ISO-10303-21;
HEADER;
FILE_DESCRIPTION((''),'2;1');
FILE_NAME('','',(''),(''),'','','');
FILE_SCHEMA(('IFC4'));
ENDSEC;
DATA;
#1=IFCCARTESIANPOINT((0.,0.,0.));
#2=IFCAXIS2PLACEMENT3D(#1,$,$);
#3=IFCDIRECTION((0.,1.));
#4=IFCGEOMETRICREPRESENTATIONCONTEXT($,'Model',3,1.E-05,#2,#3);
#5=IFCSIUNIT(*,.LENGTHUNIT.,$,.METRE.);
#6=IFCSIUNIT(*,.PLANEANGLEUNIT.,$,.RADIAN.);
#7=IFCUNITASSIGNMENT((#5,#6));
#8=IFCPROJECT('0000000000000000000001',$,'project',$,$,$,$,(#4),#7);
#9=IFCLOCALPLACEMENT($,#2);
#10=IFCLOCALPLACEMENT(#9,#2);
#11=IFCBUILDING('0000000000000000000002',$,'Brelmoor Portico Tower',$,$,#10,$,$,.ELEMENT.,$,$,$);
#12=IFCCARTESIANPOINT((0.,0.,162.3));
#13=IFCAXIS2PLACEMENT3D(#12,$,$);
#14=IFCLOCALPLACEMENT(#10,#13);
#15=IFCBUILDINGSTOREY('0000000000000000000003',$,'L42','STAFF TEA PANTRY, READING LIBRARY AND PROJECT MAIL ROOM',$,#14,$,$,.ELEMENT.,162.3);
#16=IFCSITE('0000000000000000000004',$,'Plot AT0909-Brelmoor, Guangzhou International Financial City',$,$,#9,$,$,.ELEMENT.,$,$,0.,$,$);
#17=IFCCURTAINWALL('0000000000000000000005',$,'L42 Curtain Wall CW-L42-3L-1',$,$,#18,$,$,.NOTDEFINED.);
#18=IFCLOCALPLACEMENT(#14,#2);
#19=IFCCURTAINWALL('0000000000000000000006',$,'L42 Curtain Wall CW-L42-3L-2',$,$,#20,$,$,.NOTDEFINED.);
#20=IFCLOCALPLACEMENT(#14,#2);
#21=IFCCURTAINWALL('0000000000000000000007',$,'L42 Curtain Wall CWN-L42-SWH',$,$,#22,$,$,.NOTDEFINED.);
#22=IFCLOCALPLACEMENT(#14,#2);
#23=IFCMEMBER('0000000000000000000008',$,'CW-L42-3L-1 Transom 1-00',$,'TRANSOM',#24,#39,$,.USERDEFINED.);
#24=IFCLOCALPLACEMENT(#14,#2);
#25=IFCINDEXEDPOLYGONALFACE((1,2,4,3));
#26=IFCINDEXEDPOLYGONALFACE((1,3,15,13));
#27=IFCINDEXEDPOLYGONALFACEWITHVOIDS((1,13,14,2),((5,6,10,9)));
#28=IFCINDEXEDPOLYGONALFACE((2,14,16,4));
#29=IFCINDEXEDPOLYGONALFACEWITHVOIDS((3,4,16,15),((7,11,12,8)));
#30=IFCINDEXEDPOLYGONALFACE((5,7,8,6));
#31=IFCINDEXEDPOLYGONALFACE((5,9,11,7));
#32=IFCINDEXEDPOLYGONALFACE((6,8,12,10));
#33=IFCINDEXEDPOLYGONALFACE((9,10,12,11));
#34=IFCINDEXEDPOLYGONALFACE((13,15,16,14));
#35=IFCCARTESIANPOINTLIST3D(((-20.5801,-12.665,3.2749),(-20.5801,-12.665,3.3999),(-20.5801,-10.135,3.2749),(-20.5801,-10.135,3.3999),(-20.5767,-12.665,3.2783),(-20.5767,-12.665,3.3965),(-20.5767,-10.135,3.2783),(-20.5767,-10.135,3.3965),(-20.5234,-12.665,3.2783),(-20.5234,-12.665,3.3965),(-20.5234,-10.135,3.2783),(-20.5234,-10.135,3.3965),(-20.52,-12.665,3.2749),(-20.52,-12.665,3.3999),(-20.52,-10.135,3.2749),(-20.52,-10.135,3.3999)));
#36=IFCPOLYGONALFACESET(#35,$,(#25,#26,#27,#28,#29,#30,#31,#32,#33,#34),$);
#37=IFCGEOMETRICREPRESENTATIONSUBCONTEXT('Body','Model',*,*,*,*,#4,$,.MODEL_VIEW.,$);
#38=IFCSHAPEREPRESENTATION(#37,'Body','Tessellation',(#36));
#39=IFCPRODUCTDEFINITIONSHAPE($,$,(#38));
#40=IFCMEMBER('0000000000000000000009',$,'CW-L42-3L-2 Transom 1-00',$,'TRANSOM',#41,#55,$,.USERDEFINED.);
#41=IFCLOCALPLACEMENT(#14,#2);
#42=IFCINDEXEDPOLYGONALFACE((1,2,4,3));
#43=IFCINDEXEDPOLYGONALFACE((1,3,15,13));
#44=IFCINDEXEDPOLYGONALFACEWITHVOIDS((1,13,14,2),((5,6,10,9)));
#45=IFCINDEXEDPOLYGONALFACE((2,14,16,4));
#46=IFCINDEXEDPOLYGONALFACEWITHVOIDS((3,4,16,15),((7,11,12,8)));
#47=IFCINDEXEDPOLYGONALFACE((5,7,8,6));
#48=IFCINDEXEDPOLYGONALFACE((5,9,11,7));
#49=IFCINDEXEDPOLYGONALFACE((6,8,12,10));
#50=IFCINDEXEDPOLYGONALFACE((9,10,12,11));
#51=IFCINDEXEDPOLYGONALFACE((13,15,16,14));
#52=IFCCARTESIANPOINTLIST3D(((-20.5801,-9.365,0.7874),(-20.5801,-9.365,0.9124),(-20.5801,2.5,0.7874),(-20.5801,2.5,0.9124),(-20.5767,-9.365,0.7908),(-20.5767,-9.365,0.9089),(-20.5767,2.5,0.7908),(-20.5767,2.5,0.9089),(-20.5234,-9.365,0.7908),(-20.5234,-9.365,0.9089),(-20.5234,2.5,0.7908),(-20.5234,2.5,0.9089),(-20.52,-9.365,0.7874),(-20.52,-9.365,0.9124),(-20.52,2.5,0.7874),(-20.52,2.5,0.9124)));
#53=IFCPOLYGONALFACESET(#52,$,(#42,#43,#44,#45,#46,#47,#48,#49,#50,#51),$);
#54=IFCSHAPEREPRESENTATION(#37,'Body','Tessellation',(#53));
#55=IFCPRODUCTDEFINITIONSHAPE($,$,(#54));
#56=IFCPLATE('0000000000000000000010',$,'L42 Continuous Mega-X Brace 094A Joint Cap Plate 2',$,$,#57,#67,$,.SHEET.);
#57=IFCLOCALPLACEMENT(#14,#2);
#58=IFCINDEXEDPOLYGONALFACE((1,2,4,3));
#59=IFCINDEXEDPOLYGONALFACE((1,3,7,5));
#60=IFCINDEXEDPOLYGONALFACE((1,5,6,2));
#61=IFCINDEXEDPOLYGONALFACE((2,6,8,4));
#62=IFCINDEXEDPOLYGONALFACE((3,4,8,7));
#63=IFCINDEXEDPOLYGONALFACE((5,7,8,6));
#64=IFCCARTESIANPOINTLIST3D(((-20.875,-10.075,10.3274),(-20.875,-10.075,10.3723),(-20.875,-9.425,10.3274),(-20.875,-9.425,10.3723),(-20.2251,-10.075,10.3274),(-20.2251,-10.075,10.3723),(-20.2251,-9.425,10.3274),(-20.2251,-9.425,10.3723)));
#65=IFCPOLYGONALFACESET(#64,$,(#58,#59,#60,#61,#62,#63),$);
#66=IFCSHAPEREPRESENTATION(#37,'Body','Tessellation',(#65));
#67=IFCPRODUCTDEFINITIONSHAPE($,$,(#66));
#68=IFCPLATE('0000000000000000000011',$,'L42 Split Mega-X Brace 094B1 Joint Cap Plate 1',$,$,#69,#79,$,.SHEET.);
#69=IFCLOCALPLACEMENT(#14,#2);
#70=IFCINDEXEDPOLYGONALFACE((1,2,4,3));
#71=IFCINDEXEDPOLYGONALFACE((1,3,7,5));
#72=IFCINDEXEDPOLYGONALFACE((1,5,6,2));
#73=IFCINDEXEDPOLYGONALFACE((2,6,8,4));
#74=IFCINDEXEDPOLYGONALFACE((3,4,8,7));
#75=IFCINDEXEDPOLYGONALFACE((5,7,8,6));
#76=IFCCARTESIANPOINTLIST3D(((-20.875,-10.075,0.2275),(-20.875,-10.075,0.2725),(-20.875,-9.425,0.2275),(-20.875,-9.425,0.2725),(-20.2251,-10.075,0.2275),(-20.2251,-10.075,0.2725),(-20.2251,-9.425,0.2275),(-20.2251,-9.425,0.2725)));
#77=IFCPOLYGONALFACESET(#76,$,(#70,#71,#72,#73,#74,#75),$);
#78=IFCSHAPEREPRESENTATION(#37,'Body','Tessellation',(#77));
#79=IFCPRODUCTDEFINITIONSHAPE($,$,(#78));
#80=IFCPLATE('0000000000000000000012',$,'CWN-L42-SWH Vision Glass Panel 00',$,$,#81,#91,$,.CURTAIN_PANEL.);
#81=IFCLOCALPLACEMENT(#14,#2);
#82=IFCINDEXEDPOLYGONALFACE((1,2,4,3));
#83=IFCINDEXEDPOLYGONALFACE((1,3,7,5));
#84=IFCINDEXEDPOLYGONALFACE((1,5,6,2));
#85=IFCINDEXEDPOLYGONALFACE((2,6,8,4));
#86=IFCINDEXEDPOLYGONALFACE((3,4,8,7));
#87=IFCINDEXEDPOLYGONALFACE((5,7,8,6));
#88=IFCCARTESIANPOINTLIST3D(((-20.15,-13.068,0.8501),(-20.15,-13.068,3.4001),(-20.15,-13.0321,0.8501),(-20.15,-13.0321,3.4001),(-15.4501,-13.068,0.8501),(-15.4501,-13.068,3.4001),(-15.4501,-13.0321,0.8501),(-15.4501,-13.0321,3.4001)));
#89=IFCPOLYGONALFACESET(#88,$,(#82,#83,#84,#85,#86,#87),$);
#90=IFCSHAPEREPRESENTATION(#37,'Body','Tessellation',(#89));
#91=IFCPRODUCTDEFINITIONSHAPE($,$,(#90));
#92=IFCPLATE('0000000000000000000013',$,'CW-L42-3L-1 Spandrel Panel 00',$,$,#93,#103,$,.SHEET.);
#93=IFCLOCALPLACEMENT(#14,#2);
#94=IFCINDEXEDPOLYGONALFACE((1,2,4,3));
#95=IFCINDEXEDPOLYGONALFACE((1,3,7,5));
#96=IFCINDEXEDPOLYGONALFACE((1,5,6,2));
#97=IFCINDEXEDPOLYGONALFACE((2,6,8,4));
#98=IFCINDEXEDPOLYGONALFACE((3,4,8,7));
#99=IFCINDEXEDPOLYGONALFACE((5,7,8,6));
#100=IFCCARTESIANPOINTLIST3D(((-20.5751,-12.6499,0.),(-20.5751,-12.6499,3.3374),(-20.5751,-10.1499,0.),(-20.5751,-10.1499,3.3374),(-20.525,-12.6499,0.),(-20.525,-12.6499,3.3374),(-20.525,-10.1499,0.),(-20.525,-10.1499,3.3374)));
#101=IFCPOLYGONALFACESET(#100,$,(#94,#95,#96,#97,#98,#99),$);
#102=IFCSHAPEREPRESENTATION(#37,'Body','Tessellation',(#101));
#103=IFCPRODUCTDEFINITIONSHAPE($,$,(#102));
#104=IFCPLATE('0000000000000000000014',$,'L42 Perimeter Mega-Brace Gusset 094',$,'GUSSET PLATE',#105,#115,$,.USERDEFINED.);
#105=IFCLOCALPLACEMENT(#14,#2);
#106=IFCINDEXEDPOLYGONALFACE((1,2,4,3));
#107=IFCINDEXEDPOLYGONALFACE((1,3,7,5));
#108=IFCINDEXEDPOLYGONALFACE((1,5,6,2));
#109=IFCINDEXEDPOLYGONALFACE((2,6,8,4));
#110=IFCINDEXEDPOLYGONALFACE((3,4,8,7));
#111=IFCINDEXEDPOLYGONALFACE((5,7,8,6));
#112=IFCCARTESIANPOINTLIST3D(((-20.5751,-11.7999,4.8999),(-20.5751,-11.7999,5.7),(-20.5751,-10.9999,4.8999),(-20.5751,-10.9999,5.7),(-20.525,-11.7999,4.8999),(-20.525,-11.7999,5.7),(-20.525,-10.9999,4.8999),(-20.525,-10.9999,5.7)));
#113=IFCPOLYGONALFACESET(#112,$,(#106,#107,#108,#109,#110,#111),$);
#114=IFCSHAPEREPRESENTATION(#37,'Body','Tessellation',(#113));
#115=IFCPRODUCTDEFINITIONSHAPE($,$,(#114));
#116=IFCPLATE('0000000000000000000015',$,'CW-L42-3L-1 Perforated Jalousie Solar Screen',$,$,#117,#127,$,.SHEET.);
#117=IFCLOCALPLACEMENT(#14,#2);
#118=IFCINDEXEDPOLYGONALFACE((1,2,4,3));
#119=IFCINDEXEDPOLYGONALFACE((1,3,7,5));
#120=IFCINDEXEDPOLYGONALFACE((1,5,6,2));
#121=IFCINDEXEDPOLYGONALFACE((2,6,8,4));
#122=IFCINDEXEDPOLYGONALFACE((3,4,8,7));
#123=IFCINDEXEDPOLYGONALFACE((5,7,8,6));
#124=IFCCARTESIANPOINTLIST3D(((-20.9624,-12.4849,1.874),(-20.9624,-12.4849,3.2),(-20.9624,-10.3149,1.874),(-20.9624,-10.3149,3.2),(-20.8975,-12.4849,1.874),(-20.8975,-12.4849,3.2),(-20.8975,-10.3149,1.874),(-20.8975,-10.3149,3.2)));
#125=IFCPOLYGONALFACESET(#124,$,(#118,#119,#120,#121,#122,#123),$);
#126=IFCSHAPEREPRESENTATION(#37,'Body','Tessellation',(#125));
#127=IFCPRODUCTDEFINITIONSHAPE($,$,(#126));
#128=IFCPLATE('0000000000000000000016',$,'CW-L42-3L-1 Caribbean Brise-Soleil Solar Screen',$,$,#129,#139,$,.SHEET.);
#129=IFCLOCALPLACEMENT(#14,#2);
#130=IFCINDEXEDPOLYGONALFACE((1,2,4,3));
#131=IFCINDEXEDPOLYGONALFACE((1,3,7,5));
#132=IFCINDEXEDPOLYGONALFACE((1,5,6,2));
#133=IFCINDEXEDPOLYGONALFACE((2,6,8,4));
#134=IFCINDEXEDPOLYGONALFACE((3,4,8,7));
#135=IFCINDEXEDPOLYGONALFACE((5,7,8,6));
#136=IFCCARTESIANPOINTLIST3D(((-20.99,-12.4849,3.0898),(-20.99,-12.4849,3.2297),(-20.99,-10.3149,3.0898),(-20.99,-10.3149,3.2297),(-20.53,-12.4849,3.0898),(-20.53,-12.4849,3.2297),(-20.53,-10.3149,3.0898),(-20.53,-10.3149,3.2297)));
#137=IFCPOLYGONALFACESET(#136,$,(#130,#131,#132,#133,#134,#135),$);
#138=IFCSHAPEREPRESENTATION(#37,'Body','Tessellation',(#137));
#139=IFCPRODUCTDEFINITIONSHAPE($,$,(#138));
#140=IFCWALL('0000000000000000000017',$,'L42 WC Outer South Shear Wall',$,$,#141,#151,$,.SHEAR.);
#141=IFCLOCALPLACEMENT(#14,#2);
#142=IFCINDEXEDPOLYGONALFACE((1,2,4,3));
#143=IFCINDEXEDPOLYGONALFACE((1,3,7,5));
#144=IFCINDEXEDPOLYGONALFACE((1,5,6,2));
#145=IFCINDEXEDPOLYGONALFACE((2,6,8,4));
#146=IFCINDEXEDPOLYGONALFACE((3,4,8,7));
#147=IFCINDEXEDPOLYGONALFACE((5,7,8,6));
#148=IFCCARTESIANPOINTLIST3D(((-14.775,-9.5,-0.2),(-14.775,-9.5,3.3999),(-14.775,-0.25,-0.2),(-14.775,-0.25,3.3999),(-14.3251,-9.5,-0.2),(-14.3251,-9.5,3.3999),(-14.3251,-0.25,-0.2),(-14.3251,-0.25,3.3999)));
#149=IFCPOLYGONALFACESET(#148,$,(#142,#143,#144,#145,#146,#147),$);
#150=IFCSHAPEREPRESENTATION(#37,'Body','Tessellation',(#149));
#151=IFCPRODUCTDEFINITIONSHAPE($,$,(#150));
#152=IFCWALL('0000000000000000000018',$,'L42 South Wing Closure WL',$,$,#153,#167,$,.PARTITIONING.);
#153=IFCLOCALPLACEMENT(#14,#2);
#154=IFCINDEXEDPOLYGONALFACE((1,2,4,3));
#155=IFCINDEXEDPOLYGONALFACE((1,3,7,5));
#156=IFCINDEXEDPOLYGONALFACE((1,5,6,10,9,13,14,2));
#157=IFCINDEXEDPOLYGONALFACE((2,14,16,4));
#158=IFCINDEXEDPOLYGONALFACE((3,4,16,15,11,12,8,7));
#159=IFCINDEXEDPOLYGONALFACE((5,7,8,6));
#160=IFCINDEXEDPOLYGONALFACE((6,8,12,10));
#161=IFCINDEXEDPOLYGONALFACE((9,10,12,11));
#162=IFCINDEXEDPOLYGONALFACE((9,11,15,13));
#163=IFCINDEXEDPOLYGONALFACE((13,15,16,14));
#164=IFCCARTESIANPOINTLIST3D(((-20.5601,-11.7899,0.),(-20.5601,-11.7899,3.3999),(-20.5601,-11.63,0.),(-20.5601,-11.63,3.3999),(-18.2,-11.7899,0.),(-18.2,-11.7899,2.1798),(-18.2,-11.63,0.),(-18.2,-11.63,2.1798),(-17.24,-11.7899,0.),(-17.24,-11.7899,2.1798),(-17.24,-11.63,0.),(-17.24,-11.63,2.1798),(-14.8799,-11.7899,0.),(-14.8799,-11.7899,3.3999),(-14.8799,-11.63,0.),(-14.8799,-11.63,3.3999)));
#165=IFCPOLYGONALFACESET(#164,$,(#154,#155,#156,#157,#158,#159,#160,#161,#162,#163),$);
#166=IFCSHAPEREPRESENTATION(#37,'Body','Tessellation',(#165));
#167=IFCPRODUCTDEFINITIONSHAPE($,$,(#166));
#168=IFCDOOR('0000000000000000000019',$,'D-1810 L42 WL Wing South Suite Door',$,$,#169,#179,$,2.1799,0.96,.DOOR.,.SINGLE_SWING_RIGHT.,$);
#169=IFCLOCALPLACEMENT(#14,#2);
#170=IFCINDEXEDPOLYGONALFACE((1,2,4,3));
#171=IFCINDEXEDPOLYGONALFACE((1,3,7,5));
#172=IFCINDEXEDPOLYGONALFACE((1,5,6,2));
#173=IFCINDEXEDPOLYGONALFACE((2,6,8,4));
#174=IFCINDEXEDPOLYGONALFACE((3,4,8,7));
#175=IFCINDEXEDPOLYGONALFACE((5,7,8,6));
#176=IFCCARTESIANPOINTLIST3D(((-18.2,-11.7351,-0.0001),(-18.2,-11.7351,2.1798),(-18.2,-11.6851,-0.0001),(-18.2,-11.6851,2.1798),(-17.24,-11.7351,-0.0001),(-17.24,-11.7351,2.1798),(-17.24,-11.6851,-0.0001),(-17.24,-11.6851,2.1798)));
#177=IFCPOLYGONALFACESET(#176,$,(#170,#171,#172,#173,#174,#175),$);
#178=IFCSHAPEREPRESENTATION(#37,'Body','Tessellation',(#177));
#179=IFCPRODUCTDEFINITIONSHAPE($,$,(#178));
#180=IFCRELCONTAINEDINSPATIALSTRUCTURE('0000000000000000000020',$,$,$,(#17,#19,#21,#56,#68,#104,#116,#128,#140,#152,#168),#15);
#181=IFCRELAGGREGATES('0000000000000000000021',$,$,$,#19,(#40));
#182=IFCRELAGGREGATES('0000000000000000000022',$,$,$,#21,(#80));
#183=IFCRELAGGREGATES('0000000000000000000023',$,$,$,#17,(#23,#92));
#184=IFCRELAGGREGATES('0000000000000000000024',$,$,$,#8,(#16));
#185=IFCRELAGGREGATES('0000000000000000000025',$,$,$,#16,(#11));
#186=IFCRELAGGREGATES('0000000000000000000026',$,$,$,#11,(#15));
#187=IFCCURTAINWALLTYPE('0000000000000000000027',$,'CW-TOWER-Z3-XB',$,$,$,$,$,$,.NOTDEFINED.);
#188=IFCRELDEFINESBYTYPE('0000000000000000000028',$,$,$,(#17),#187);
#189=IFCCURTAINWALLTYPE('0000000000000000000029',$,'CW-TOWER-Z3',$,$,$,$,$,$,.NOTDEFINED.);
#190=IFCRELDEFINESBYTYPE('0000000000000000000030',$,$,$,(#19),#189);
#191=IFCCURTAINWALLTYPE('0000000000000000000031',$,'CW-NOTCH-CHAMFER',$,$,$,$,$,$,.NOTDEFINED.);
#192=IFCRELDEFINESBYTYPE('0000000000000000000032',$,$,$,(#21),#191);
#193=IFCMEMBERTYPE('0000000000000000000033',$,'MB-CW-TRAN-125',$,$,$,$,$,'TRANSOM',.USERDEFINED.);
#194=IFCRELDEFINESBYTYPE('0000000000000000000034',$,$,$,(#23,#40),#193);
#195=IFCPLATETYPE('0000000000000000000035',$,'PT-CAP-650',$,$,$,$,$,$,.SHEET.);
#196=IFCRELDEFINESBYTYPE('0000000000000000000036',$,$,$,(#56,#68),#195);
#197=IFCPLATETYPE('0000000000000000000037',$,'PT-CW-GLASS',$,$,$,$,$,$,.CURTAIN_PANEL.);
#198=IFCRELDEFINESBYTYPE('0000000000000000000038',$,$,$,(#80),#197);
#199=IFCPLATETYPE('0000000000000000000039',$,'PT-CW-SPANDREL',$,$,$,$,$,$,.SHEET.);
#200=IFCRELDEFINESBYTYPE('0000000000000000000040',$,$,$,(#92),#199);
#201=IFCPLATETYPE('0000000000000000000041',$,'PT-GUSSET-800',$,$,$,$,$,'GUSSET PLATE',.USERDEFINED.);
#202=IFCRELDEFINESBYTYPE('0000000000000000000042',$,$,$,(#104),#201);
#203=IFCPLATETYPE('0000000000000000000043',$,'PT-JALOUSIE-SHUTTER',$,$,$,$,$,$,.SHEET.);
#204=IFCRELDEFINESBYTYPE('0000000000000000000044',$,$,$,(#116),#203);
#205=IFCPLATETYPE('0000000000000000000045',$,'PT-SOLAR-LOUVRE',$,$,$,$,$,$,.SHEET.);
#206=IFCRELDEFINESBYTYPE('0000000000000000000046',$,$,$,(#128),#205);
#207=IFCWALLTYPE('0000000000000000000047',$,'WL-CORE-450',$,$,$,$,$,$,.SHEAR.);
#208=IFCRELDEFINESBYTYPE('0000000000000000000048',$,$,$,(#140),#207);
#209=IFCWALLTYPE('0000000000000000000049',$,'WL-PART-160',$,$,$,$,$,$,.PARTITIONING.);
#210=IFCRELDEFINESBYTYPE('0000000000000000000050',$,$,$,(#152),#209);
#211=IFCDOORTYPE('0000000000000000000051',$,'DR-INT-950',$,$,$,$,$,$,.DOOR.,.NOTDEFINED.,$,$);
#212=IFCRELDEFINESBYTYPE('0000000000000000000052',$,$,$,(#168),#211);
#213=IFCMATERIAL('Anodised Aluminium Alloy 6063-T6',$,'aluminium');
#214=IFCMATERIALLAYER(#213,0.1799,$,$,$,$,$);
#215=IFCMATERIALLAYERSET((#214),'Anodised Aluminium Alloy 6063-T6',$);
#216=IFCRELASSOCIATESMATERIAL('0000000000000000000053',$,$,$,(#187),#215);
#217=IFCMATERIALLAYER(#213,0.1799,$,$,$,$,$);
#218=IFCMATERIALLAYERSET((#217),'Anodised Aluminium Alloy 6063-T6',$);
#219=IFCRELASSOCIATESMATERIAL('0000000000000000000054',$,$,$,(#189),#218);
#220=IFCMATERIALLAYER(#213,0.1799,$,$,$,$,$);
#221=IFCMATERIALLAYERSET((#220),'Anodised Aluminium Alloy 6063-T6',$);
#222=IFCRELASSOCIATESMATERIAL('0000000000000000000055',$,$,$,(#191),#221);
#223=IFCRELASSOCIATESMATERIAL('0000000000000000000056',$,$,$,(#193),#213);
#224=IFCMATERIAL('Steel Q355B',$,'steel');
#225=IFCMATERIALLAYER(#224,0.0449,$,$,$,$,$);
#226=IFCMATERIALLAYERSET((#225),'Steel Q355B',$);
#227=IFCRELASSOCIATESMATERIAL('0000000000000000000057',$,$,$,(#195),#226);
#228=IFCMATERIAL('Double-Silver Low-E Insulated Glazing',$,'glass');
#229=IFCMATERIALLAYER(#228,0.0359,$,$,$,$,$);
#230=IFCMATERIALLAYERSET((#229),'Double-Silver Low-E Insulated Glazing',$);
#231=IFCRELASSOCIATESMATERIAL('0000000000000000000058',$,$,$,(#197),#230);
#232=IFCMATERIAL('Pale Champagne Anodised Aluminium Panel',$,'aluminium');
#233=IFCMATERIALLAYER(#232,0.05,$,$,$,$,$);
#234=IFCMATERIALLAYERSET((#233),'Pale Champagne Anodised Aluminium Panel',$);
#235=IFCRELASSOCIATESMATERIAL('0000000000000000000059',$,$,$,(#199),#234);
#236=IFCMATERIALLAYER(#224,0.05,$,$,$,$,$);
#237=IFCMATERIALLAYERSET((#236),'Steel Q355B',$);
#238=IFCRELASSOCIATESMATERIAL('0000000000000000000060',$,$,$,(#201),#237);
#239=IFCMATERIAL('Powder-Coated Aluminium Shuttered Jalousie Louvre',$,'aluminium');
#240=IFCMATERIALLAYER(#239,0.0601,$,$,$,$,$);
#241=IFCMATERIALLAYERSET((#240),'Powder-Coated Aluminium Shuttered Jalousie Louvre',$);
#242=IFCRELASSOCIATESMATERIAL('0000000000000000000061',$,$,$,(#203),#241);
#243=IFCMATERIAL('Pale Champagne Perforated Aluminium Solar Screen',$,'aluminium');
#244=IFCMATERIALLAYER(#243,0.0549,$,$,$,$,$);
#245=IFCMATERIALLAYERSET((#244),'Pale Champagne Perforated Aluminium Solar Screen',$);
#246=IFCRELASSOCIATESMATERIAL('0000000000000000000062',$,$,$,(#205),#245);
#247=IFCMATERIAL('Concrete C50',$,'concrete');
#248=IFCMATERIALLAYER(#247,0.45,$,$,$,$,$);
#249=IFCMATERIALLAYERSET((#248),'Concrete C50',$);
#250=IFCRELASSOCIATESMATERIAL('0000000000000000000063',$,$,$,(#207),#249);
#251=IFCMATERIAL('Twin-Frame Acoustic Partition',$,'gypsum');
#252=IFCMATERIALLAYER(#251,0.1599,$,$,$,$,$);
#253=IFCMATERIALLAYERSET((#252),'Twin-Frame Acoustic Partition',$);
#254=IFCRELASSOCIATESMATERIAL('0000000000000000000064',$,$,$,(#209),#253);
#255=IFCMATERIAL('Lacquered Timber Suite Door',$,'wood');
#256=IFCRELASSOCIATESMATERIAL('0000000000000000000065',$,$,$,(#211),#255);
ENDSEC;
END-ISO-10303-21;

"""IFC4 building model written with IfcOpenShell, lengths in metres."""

from ifc_helpers import new_model, si_unit, direction, frame, frame_2d, origin, origin_2d, place, context, subcontext, project, spatial, rectangle, hollow_rectangle, extrude, material, layer, layer_set, material_profile, profile_set, type_object, element, fill, aggregate, save


model = new_model("IFC4")

# Units and contexts
model_context = context("Model", 3, precision=1e-05, world=origin(), true_north=direction((0.0, 1.0)))
body_context = subcontext(model_context, "Body", "Model", "MODEL_VIEW")
ifc_project = project(units=[si_unit("LENGTHUNIT", "METRE"), si_unit("PLANEANGLEUNIT", "RADIAN")], contexts=[model_context])

# Site, building, storey
site_placement = place(None, origin())
site = spatial("IfcSite", under=ifc_project, at=site_placement, Name="Plot AT0909-Brelmoor, Guangzhou International Financial City", CompositionType="ELEMENT", RefElevation=0.0)
building_placement = place(site_placement, origin())
building = spatial("IfcBuilding", under=site, at=building_placement, Name="Brelmoor Portico Tower", CompositionType="ELEMENT")
storey_placement = place(building_placement, frame((0.0, 0.0, 162.3)))
storey = spatial("IfcBuildingStorey", under=building, at=storey_placement, Name="L42", Description="STAFF TEA PANTRY, READING LIBRARY AND PROJECT MAIL ROOM", CompositionType="ELEMENT", Elevation=162.3)

# Shared definitions
ifc_material_1 = material(Name="Steel Q355B", Category="steel")

# Curtain wall
ifc_material_2 = material(Name="Anodised Aluminium Alloy 6063-T6", Category="aluminium")
ifc_layer_1 = layer(ifc_material_2, 0.1799)
ifc_layer_set_1 = layer_set([ifc_layer_1], Name="Anodised Aluminium Alloy 6063-T6")
curtain_wall_type_1 = type_object("IfcCurtainWallType", Name="CW-TOWER-Z3-XB", PredefinedType="NOTDEFINED", material=ifc_layer_set_1)
curtain_wall_1_placement = place(storey_placement, origin())
curtain_wall_1 = element("IfcCurtainWall", 1, at=curtain_wall_1_placement, inside=storey, type_object=curtain_wall_type_1, Name="L42 Curtain Wall CW-L42-3L-1", PredefinedType="NOTDEFINED")

# Curtain walls
ifc_layer_2 = layer(ifc_material_2, 0.1799)
ifc_layer_set_2 = layer_set([ifc_layer_2], Name="Anodised Aluminium Alloy 6063-T6")
curtain_wall_type_2 = type_object("IfcCurtainWallType", Name="CW-TOWER-Z3", PredefinedType="NOTDEFINED", material=ifc_layer_set_2)
curtain_wall_2_placement = place(storey_placement, origin())
curtain_wall_2 = element("IfcCurtainWall", 2, at=curtain_wall_2_placement, inside=storey, type_object=curtain_wall_type_2, Name="L42 Curtain Wall CW-L42-3L-2", PredefinedType="NOTDEFINED")
ifc_layer_3 = layer(ifc_material_2, 0.1799)
ifc_layer_set_3 = layer_set([ifc_layer_3], Name="Anodised Aluminium Alloy 6063-T6")
curtain_wall_type_3 = type_object("IfcCurtainWallType", Name="CW-NOTCH-CHAMFER", PredefinedType="NOTDEFINED", material=ifc_layer_set_3)
curtain_wall_3_placement = place(storey_placement, origin())
curtain_wall_3 = element("IfcCurtainWall", 3, at=curtain_wall_3_placement, inside=storey, type_object=curtain_wall_type_3, Name="L42 Curtain Wall CWN-L42-SWH", PredefinedType="NOTDEFINED")

# Members
ifc_material_profile_1 = material_profile(ifc_material_2, hollow_rectangle(XDim=0.0601, YDim=0.125, WallThickness=0.0034, at=origin_2d()), Name="ALU TRANSOM 60x125")
ifc_profile_set_1 = profile_set([ifc_material_profile_1], Name="Anodised Aluminium Alloy 6063-T6")
member_type_1 = type_object("IfcMemberType", Name="MB-CW-TRAN-125", ElementType="TRANSOM", PredefinedType="USERDEFINED", material=ifc_profile_set_1)
member_1_placement = place(storey_placement, frame((-20.55, -12.665, 3.3374), z_axis=(0.0, 1.0, 0.0), x_axis=(-1.0, 0.0, 0.0)))
member_1 = element("IfcMember", 4, at=member_1_placement, type_object=member_type_1, Name="CW-L42-3L-1 Transom 1-00", ObjectType="TRANSOM", PredefinedType="USERDEFINED", context=body_context, shape_type="SweptSolid", body=[
    extrude(hollow_rectangle(XDim=0.0601, YDim=0.125, WallThickness=0.0034, at=origin_2d()), origin(), (0.0, 0.0, 1.0), 2.53),
])
member_2_placement = place(storey_placement, frame((-20.55, -9.365, 0.8499), z_axis=(0.0, 1.0, 0.0), x_axis=(-1.0, 0.0, 0.0)))
member_2 = element("IfcMember", 5, at=member_2_placement, type_object=member_type_1, Name="CW-L42-3L-2 Transom 1-00", ObjectType="TRANSOM", PredefinedType="USERDEFINED", context=body_context, shape_type="SweptSolid", body=[
    extrude(hollow_rectangle(XDim=0.0601, YDim=0.125, WallThickness=0.0034, at=origin_2d()), origin(), (0.0, 0.0, 1.0), 11.865),
])
aggregate(curtain_wall_2, [member_2])

# Plates
ifc_layer_4 = layer(ifc_material_1, 0.0449)
ifc_layer_set_4 = layer_set([ifc_layer_4], Name="Steel Q355B")
plate_type_1 = type_object("IfcPlateType", Name="PT-CAP-650", PredefinedType="SHEET", material=ifc_layer_set_4)
for number, where, z_axis, x_axis, name in (
    (6, (-20.55, -9.75, 10.3274), (0.0, 0.0, 1.0), (1.0, 0.0, 0.0), "L42 Continuous Mega-X Brace 094A Joint Cap Plate 2"),
    (7, (-20.55, -9.75, 0.2275), (0.0, 0.0, 1.0), (1.0, 0.0, 0.0), "L42 Split Mega-X Brace 094B1 Joint Cap Plate 1"),
):
    element("IfcPlate", number, at=place(storey_placement, frame(where, z_axis=z_axis, x_axis=x_axis)), inside=storey, type_object=plate_type_1, Name=name, PredefinedType="SHEET", context=body_context, shape_type="SweptSolid", body=[
        extrude(rectangle(XDim=0.6499, YDim=0.6499, at=origin_2d()), origin(), (0.0, 0.0, 1.0), 0.0449),
    ])

# Plates
ifc_material_3 = material(Name="Double-Silver Low-E Insulated Glazing", Category="glass")
ifc_layer_5 = layer(ifc_material_3, 0.0359)
ifc_layer_set_5 = layer_set([ifc_layer_5], Name="Double-Silver Low-E Insulated Glazing")
plate_type_2 = type_object("IfcPlateType", Name="PT-CW-GLASS", PredefinedType="CURTAIN_PANEL", material=ifc_layer_set_5)
plate_1_placement = place(storey_placement, frame((-17.8, -13.05, 0.8501), z_axis=(0.0, 0.0, 1.0), x_axis=(1.0, 0.0, 0.0)))
plate_1 = element("IfcPlate", 8, at=plate_1_placement, type_object=plate_type_2, Name="CWN-L42-SWH Vision Glass Panel 00", PredefinedType="CURTAIN_PANEL", context=body_context, shape_type="SweptSolid", body=[
    extrude(rectangle(XDim=4.7, YDim=0.0359, at=origin_2d()), origin(), (0.0, 0.0, 1.0), 2.55),
])
aggregate(curtain_wall_3, [plate_1])
ifc_material_4 = material(Name="Pale Champagne Anodised Aluminium Panel", Category="aluminium")
ifc_layer_6 = layer(ifc_material_4, 0.05)
ifc_layer_set_6 = layer_set([ifc_layer_6], Name="Pale Champagne Anodised Aluminium Panel")
plate_type_3 = type_object("IfcPlateType", Name="PT-CW-SPANDREL", PredefinedType="SHEET", material=ifc_layer_set_6)
plate_2_placement = place(storey_placement, frame((-20.55, -11.3999, 0.0), z_axis=(0.0, 0.0, 1.0), x_axis=(0.0, 1.0, 0.0)))
plate_2 = element("IfcPlate", 9, at=plate_2_placement, type_object=plate_type_3, Name="CW-L42-3L-1 Spandrel Panel 00", PredefinedType="SHEET", context=body_context, shape_type="SweptSolid", body=[
    extrude(rectangle(XDim=2.5, YDim=0.05, at=origin_2d()), origin(), (0.0, 0.0, 1.0), 3.3374),
])
aggregate(curtain_wall_1, [member_1, plate_2])

# Plates
ifc_layer_7 = layer(ifc_material_1, 0.05)
ifc_layer_set_7 = layer_set([ifc_layer_7], Name="Steel Q355B")
plate_type_4 = type_object("IfcPlateType", Name="PT-GUSSET-800", ElementType="GUSSET PLATE", PredefinedType="USERDEFINED", material=ifc_layer_set_7)
plate_3_placement = place(storey_placement, frame((-20.55, -11.3999, 4.8999), z_axis=(0.0, 0.0, 1.0), x_axis=(1.0, 0.0, 0.0)))
element("IfcPlate", 10, at=plate_3_placement, inside=storey, type_object=plate_type_4, Name="L42 Perimeter Mega-Brace Gusset 094", ObjectType="GUSSET PLATE", PredefinedType="USERDEFINED", context=body_context, shape_type="SweptSolid", body=[
    extrude(rectangle(XDim=0.05, YDim=0.8, at=origin_2d()), origin(), (0.0, 0.0, 1.0), 0.8),
])
ifc_material_5 = material(Name="Powder-Coated Aluminium Shuttered Jalousie Louvre", Category="aluminium")
ifc_layer_8 = layer(ifc_material_5, 0.0601)
ifc_layer_set_8 = layer_set([ifc_layer_8], Name="Powder-Coated Aluminium Shuttered Jalousie Louvre")
plate_type_5 = type_object("IfcPlateType", Name="PT-JALOUSIE-SHUTTER", PredefinedType="SHEET", material=ifc_layer_set_8)
plate_4_placement = place(storey_placement, frame((-20.9299, -11.3999, 1.874), z_axis=(0.0, 0.0, 1.0), x_axis=(0.0, 1.0, 0.0)))
element("IfcPlate", 11, at=plate_4_placement, inside=storey, type_object=plate_type_5, Name="CW-L42-3L-1 Perforated Jalousie Solar Screen", PredefinedType="SHEET", context=body_context, shape_type="SweptSolid", body=[
    extrude(rectangle(XDim=2.1699, YDim=0.0649, at=origin_2d()), origin(), (0.0, 0.0, 1.0), 1.3259),
])
ifc_material_6 = material(Name="Pale Champagne Perforated Aluminium Solar Screen", Category="aluminium")
ifc_layer_9 = layer(ifc_material_6, 0.0549)
ifc_layer_set_9 = layer_set([ifc_layer_9], Name="Pale Champagne Perforated Aluminium Solar Screen")
plate_type_6 = type_object("IfcPlateType", Name="PT-SOLAR-LOUVRE", PredefinedType="SHEET", material=ifc_layer_set_9)
plate_5_placement = place(storey_placement, frame((-20.76, -11.3999, 3.0898), z_axis=(0.0, 0.0, 1.0), x_axis=(0.0, 1.0, 0.0)))
element("IfcPlate", 12, at=plate_5_placement, inside=storey, type_object=plate_type_6, Name="CW-L42-3L-1 Caribbean Brise-Soleil Solar Screen", PredefinedType="SHEET", context=body_context, shape_type="SweptSolid", body=[
    extrude(rectangle(XDim=2.1699, YDim=0.46, at=origin_2d()), origin(), (0.0, 0.0, 1.0), 0.1399),
])

# Wall
ifc_material_7 = material(Name="Concrete C50", Category="concrete")
ifc_layer_10 = layer(ifc_material_7, 0.45)
ifc_layer_set_10 = layer_set([ifc_layer_10], Name="Concrete C50")
wall_type_1 = type_object("IfcWallType", Name="WL-CORE-450", PredefinedType="SHEAR", material=ifc_layer_set_10)
wall_1_placement = place(storey_placement, frame((-14.55, -9.5, -0.2), z_axis=(0.0, 0.0, 1.0), x_axis=(0.0, 1.0, 0.0)))
element("IfcWall", 13, at=wall_1_placement, inside=storey, type_object=wall_type_1, Name="L42 WC Outer South Shear Wall", PredefinedType="SHEAR", context=body_context, shape_type="SweptSolid", body=[
    extrude(rectangle(XDim=9.25, YDim=0.45, at=frame_2d((4.625, 0.0))), origin(), (0.0, 0.0, 1.0), 3.5999),
])

# Wall, opening, door
ifc_material_8 = material(Name="Twin-Frame Acoustic Partition", Category="gypsum")
ifc_layer_11 = layer(ifc_material_8, 0.1599)
ifc_layer_set_11 = layer_set([ifc_layer_11], Name="Twin-Frame Acoustic Partition")
wall_type_2 = type_object("IfcWallType", Name="WL-PART-160", PredefinedType="PARTITIONING", material=ifc_layer_set_11)
wall_2_placement = place(storey_placement, frame((-20.5601, -11.71, 0.0), z_axis=(0.0, 0.0, 1.0), x_axis=(1.0, 0.0, 0.0)))
wall_2 = element("IfcWall", 14, at=wall_2_placement, inside=storey, type_object=wall_type_2, Name="L42 South Wing Closure WL", PredefinedType="PARTITIONING", context=body_context, shape_type="SweptSolid", body=[
    extrude(rectangle(XDim=5.6802, YDim=0.1599, at=frame_2d((2.8401, 0.0))), origin(), (0.0, 0.0, 1.0), 3.3999),
])
opening_placement = place(wall_2_placement, frame((2.3601, 0.0, 0.0)))
opening = element("IfcOpeningElement", 15, at=opening_placement, cuts=wall_2, PredefinedType="OPENING", context=body_context, shape_type="SweptSolid", body=[
    extrude(rectangle(XDim=0.96, YDim=2.1799, at=frame_2d((0.48, 1.0898))), frame((0.0, 0.0898, 0.0), z_axis=(0.0, -1.0, 0.0), x_axis=(1.0, 0.0, 0.0)), (0.0, 0.0, 1.0), 0.1799),
])
ifc_material_9 = material(Name="Lacquered Timber Suite Door", Category="wood")
door_type = type_object("IfcDoorType", Name="DR-INT-950", OperationType="NOTDEFINED", PredefinedType="DOOR", material=ifc_material_9)
door_placement = place(opening_placement, origin())
door = element("IfcDoor", 16, at=door_placement, inside=storey, type_object=door_type, Name="D-1810 L42 WL Wing South Suite Door", OperationType="SINGLE_SWING_RIGHT", OverallHeight=2.1799, OverallWidth=0.96, PredefinedType="DOOR", context=body_context, shape_type="SweptSolid", body=[
    extrude(rectangle(XDim=0.96, YDim=2.1799, at=frame_2d((0.48, 1.0898))), frame((0.0, 0.0249, 0.0), z_axis=(0.0, -1.0, 0.0), x_axis=(1.0, 0.0, 0.0)), (0.0, 0.0, 1.0), 0.05),
])
fill(opening, door)

save(model, "model.ifc")
